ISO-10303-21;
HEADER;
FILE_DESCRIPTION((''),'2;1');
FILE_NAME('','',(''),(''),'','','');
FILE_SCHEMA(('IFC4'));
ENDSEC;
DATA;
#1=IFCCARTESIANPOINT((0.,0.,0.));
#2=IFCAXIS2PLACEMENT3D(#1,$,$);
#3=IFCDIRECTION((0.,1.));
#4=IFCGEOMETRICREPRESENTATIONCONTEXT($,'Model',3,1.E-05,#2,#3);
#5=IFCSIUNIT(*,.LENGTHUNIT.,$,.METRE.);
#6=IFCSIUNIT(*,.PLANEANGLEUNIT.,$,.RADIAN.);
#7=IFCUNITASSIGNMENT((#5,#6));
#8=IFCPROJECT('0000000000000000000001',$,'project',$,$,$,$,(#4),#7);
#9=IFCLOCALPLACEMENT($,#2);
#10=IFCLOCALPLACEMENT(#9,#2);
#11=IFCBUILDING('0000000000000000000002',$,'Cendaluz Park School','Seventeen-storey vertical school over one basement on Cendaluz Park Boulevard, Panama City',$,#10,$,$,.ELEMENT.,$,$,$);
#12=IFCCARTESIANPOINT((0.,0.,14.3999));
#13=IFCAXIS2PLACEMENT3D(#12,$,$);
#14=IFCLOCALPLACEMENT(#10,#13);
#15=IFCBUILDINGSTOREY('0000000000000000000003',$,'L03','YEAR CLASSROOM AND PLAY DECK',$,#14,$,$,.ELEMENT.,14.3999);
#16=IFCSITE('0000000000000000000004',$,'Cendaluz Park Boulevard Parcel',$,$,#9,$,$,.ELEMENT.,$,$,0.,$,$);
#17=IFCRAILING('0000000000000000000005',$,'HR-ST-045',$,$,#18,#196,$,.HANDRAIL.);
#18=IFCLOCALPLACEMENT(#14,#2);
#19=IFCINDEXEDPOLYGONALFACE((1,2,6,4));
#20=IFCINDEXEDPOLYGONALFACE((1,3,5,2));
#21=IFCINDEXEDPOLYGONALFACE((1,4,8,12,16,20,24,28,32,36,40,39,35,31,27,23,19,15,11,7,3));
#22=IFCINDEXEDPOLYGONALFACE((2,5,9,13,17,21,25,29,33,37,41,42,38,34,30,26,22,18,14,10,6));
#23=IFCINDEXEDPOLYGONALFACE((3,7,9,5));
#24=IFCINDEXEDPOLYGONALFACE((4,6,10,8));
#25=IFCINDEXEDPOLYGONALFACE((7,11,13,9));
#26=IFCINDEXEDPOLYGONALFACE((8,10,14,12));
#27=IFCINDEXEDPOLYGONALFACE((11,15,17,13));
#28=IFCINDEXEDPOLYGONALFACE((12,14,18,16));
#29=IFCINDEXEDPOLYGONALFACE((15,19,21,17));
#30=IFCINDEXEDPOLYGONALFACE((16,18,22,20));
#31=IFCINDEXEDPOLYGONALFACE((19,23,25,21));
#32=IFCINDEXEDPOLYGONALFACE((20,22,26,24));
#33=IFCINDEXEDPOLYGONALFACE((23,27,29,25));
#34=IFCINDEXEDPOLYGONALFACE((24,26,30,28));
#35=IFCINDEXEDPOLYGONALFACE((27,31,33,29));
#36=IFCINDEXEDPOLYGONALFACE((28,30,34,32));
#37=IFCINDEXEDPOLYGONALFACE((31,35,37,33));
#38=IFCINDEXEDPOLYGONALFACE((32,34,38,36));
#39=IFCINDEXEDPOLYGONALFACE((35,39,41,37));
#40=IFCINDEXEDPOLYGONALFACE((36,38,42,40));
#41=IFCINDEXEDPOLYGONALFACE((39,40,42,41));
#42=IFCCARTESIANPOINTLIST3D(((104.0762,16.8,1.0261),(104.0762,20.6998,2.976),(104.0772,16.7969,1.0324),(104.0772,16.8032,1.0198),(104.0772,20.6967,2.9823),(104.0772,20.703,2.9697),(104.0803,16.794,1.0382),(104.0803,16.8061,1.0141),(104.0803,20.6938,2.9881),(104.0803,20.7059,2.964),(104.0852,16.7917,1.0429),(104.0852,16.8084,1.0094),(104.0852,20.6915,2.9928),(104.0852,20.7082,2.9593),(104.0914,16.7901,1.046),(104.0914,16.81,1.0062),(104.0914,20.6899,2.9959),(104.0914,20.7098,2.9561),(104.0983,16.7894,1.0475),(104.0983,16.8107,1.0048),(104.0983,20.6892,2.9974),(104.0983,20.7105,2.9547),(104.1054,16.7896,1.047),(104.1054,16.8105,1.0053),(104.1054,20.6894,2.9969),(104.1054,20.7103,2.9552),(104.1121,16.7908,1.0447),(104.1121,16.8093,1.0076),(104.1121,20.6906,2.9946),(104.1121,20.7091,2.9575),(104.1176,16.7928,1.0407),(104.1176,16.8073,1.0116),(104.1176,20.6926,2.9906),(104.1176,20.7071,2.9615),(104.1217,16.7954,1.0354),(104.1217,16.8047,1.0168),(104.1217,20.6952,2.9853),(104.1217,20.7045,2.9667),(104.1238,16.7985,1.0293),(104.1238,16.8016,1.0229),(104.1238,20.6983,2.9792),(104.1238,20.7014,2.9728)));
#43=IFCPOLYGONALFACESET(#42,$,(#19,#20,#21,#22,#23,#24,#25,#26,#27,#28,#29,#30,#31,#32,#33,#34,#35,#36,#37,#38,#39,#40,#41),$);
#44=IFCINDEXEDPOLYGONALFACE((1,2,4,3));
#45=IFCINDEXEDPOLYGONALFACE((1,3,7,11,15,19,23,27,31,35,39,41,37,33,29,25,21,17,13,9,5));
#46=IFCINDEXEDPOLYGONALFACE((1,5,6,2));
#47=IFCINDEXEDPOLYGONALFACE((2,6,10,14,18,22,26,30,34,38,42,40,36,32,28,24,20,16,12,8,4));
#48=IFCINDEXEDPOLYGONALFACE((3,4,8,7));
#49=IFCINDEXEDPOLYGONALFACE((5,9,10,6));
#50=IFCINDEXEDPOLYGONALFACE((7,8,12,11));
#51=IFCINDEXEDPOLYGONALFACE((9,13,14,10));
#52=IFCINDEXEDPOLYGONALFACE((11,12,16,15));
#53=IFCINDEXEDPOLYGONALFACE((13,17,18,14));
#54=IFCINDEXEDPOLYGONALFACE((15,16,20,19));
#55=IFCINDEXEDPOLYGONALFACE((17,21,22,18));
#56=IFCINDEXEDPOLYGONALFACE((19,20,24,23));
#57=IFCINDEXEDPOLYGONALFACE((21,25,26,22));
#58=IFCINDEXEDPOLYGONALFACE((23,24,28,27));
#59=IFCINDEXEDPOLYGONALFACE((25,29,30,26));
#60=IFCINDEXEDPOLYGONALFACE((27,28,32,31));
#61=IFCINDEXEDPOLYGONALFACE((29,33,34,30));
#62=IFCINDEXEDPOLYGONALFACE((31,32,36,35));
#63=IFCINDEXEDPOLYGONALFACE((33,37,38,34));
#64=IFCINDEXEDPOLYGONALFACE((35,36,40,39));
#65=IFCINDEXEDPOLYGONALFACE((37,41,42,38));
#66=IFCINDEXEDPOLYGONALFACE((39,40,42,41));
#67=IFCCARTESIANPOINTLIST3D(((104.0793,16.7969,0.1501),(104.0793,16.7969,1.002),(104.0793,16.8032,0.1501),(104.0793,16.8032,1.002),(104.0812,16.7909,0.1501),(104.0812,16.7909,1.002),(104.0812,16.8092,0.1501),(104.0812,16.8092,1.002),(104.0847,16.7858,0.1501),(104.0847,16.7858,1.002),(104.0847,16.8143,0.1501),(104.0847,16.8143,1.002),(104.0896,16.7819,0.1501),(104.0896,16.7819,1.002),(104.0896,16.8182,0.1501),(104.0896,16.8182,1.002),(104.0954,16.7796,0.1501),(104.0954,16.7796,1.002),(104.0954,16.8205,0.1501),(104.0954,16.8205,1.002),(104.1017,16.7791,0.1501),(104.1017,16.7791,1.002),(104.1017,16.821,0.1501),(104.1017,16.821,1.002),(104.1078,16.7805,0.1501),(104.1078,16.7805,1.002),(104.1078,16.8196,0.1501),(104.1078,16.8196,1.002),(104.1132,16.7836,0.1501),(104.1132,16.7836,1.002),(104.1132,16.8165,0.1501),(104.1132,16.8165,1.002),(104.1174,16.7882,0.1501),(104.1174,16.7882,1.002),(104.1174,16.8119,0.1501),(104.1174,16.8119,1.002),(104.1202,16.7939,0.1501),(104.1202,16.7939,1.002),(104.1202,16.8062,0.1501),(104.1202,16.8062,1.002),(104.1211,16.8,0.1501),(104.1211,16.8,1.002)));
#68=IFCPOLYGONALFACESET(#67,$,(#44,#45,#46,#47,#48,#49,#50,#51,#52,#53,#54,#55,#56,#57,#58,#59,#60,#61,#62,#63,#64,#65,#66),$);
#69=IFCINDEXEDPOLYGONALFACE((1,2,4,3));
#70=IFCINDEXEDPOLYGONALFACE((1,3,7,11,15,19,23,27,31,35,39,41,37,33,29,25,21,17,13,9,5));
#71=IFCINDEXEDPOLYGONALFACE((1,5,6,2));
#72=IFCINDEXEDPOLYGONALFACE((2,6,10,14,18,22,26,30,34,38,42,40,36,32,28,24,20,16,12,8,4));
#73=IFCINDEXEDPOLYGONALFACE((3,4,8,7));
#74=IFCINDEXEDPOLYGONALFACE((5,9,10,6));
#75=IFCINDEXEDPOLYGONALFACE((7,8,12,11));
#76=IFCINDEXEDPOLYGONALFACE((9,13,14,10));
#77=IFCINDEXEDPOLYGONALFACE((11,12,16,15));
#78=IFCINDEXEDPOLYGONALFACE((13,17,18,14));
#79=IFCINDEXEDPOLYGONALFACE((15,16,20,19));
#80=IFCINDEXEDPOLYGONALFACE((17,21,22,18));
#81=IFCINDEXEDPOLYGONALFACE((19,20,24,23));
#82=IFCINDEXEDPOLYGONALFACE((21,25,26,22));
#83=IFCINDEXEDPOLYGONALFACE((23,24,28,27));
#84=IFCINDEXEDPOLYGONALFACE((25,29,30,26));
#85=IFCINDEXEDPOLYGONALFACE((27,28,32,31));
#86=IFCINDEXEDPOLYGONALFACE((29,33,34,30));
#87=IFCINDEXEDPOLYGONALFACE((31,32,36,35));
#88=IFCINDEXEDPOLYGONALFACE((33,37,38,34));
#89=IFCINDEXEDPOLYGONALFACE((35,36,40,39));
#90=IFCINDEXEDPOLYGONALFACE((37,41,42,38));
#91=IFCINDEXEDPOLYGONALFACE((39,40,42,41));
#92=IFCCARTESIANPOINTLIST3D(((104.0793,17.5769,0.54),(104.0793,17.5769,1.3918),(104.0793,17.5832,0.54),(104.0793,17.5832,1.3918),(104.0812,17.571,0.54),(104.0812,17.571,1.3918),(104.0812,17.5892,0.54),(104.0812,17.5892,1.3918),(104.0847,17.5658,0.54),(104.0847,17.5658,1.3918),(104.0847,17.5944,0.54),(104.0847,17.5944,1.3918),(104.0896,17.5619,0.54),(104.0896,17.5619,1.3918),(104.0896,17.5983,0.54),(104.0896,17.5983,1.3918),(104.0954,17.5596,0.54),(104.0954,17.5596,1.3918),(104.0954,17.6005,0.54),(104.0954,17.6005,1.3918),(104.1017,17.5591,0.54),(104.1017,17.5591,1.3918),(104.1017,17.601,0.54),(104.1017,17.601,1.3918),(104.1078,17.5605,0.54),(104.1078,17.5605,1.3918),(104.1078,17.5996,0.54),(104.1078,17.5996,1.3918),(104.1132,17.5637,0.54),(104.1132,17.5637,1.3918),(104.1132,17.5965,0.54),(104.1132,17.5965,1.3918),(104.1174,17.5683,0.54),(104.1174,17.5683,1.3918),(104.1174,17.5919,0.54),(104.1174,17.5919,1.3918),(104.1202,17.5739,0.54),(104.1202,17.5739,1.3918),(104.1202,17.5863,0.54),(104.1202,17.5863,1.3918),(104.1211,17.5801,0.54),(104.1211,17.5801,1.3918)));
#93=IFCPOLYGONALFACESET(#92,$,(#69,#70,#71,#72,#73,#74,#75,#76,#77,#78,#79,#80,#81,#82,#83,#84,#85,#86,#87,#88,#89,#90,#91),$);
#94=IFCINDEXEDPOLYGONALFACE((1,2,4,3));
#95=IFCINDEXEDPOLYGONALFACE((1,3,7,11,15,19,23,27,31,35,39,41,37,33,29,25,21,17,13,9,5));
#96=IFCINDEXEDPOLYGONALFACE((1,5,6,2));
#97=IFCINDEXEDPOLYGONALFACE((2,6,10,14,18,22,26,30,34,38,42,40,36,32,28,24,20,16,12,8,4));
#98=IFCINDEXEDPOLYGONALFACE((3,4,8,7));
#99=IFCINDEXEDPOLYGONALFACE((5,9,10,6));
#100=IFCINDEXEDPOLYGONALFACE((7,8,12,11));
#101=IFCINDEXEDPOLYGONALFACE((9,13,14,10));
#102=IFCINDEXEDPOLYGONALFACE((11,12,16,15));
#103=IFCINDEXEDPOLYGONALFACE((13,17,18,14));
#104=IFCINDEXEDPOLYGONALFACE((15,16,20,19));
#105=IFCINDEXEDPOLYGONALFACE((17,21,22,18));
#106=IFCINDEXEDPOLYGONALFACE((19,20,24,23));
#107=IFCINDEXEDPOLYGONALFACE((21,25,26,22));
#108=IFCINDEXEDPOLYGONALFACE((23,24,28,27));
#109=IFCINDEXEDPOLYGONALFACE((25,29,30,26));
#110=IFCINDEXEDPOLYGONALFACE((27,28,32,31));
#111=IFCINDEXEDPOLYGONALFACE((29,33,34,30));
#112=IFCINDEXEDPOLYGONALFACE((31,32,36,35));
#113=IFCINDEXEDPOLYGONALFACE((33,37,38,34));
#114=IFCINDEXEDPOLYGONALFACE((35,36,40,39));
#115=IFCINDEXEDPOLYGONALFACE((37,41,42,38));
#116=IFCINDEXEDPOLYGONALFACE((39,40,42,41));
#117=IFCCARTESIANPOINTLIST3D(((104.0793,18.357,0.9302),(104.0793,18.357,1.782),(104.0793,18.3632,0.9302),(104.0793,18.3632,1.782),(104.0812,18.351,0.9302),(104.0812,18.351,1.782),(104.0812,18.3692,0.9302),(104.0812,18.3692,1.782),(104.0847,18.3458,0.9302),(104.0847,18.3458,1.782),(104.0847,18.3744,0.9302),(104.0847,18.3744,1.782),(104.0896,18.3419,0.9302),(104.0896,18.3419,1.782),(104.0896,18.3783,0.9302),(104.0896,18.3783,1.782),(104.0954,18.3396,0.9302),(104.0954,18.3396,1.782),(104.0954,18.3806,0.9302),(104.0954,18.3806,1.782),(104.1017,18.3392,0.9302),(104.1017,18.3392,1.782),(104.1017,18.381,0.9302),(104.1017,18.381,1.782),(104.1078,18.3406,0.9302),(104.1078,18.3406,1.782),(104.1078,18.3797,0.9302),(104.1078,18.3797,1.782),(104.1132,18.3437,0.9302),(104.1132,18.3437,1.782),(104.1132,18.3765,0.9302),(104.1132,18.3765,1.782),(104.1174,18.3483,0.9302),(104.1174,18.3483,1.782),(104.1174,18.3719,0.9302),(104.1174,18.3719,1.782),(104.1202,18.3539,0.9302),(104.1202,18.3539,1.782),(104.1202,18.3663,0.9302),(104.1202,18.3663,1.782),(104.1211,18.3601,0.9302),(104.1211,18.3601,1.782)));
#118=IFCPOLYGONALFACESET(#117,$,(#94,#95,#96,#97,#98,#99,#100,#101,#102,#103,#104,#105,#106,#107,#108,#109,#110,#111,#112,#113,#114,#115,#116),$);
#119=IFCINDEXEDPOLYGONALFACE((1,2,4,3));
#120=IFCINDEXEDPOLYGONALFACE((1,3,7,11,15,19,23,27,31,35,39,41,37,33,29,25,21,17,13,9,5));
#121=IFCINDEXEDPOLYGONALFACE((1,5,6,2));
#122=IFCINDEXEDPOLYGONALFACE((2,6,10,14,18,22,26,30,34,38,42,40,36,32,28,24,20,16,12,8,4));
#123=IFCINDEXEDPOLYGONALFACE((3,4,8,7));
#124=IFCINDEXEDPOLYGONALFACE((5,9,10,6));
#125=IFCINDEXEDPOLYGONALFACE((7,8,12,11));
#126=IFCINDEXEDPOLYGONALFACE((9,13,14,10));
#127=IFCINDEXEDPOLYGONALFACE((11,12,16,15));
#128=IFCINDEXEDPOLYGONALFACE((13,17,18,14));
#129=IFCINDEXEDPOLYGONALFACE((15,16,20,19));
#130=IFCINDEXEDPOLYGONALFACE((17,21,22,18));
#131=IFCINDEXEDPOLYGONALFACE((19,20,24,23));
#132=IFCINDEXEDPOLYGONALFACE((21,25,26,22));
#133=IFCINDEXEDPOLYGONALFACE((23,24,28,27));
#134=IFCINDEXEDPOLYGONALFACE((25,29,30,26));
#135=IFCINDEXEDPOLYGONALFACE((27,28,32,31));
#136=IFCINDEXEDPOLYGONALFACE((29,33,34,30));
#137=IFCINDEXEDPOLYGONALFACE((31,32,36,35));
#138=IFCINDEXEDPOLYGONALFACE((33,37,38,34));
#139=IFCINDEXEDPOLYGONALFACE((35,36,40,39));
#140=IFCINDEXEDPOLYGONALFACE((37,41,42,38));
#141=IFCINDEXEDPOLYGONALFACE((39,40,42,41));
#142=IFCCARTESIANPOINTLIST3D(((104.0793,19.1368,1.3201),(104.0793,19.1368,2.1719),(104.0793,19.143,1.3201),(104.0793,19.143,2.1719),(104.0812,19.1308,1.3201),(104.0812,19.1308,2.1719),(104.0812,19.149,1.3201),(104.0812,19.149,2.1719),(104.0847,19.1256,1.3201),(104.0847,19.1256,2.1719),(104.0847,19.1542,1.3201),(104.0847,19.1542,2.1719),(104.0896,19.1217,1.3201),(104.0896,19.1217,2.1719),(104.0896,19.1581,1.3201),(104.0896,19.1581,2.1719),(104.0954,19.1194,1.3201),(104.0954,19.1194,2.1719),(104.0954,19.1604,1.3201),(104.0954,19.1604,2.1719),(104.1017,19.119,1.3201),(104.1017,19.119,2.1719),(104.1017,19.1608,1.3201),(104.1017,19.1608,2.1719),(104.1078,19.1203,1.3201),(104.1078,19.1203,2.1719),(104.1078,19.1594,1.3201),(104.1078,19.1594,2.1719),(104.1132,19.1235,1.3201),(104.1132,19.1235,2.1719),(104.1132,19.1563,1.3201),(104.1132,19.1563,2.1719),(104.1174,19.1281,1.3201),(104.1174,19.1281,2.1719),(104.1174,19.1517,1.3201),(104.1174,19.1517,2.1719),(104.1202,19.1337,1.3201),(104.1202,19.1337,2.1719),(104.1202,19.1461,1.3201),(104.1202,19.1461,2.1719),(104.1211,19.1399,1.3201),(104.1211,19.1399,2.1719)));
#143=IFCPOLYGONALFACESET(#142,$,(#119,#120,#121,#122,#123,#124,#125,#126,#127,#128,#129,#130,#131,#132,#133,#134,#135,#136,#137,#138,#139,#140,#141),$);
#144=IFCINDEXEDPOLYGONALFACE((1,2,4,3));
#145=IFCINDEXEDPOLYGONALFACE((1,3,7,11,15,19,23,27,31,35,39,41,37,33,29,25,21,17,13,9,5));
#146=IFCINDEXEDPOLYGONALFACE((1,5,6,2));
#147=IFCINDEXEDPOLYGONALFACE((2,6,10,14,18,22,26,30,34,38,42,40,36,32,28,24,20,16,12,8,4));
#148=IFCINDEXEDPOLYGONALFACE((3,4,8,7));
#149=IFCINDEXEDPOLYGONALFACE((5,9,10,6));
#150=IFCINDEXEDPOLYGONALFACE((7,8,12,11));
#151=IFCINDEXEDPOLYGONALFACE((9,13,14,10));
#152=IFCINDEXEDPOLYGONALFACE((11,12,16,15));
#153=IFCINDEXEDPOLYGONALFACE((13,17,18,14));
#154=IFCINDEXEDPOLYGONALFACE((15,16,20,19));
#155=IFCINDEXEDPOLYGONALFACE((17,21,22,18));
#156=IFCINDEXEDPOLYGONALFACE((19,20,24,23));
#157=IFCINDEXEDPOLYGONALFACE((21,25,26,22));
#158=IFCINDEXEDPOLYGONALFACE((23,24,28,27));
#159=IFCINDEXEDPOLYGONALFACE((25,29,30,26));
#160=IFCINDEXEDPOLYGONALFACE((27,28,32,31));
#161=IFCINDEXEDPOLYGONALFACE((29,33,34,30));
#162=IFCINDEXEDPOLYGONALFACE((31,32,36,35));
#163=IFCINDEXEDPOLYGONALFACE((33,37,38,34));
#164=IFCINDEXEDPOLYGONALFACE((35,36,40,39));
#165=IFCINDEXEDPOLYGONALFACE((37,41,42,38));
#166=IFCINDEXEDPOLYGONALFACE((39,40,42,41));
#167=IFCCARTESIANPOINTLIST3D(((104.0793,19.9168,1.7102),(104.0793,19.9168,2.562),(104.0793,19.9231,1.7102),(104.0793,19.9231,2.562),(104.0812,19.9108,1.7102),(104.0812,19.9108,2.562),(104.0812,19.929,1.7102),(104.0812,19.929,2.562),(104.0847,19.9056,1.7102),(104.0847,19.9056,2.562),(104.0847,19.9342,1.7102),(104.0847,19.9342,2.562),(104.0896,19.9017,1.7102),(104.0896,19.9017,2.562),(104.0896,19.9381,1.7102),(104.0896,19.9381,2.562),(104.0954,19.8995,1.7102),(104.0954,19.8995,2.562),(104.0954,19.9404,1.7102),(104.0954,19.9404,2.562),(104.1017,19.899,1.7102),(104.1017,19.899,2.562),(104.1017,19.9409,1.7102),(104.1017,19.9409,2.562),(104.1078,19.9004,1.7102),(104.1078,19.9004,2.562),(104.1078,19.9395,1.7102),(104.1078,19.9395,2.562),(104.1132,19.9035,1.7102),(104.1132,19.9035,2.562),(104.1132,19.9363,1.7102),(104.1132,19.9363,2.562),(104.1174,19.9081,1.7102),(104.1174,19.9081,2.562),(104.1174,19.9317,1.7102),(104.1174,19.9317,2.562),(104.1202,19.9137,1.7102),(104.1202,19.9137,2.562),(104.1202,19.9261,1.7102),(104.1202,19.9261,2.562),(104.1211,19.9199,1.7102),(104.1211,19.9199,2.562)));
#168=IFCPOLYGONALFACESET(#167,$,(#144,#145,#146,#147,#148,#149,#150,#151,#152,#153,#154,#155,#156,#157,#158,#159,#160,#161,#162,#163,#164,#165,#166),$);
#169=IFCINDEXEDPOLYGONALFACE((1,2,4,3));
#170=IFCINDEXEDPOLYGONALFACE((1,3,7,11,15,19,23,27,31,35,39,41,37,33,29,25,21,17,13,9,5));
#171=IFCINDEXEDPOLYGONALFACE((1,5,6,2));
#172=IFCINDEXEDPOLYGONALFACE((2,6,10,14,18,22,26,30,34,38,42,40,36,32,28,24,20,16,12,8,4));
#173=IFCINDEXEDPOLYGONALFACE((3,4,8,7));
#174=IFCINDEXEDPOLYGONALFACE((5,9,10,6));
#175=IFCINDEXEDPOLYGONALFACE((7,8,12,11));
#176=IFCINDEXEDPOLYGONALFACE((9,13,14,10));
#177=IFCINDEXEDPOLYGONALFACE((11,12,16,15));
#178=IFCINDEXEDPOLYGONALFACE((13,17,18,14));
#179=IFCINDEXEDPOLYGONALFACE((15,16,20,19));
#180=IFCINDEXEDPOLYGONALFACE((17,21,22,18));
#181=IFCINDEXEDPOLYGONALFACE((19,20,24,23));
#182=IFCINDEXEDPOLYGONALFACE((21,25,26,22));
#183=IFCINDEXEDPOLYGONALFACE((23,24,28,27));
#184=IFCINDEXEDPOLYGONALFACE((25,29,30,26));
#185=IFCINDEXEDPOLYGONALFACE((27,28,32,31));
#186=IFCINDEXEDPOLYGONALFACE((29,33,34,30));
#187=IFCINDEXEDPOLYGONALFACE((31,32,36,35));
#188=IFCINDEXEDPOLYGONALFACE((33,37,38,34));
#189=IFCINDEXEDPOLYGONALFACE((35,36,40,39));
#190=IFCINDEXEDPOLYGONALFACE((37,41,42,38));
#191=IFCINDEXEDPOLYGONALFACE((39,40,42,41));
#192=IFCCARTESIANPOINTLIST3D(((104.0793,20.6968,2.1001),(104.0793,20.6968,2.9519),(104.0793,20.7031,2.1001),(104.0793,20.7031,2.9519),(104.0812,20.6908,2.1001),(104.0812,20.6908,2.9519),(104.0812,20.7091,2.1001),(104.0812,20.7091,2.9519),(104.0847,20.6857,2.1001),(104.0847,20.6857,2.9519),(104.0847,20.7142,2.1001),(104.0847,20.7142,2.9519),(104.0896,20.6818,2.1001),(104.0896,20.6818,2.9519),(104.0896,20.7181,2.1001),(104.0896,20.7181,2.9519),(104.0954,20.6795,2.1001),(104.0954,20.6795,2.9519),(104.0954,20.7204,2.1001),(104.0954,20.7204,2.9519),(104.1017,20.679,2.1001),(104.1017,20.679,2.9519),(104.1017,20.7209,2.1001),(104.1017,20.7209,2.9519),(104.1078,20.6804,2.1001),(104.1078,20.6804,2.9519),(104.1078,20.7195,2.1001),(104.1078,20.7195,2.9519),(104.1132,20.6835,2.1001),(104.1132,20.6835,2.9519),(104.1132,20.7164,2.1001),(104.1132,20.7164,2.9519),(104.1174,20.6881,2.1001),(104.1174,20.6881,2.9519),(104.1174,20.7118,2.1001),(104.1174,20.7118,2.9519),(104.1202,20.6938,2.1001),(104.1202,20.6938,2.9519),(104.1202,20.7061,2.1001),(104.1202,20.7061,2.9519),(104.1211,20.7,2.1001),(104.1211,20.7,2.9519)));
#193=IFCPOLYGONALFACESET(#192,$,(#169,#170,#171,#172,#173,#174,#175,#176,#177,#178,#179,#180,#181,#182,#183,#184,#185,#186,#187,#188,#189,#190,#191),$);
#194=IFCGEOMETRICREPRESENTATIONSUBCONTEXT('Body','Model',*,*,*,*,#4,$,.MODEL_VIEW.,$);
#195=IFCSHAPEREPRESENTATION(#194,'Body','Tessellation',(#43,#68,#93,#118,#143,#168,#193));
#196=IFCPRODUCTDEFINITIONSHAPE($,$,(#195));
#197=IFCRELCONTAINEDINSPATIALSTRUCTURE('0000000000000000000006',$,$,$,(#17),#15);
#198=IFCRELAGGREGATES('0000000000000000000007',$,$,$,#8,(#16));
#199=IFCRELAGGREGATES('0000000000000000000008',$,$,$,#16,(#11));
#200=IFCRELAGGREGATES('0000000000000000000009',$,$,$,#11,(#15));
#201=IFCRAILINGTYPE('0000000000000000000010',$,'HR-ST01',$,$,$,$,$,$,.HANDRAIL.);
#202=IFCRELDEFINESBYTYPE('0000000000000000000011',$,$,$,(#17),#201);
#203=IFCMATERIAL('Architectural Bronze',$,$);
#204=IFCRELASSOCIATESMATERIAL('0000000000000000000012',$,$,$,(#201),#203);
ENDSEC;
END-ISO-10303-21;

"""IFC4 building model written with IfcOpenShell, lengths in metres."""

from ifc_helpers import new_model, si_unit, direction, frame, origin, origin_2d, place, context, subcontext, project, spatial, circle, extrude, material, type_object, element, save


model = new_model("IFC4")

# Units and contexts
model_context = context("Model", 3, precision=1e-05, world=origin(), true_north=direction((0.0, 1.0)))
body_context = subcontext(model_context, "Body", "Model", "MODEL_VIEW")
ifc_project = project(units=[si_unit("LENGTHUNIT", "METRE"), si_unit("PLANEANGLEUNIT", "RADIAN")], contexts=[model_context])

# Site, building, storey
site_placement = place(None, origin())
site = spatial("IfcSite", under=ifc_project, at=site_placement, Name="Cendaluz Park Boulevard Parcel", CompositionType="ELEMENT", RefElevation=0.0)
building_placement = place(site_placement, origin())
building = spatial("IfcBuilding", under=site, at=building_placement, Name="Cendaluz Park School", Description="Seventeen-storey vertical school over one basement on Cendaluz Park Boulevard, Panama City", CompositionType="ELEMENT")
storey_placement = place(building_placement, frame((0.0, 0.0, 14.3999)))
storey = spatial("IfcBuildingStorey", under=building, at=storey_placement, Name="L03", Description="YEAR CLASSROOM AND PLAY DECK", CompositionType="ELEMENT", Elevation=14.3999)

# Railing
ifc_material_1 = material(Name="Architectural Bronze")
railing_type_1 = type_object("IfcRailingType", Name="HR-ST01", PredefinedType="HANDRAIL", material=ifc_material_1)
railing_1_placement = place(storey_placement, frame((104.1001, 16.8, 0.1501)))
element("IfcRailing", 1, at=railing_1_placement, inside=storey, type_object=railing_type_1, Name="HR-ST-045", PredefinedType="HANDRAIL", context=body_context, shape_type="SweptSolid", body=[
    extrude(circle(Radius=0.0239, at=origin_2d()), frame((0.0, 0.0, 0.876), z_axis=(0.0, 0.894427, 0.447214), x_axis=(-1.0, 0.0, 0.0)), (0.0, 0.0, 1.0), 4.3601),
    extrude(circle(Radius=0.021, at=origin_2d()), origin(), (0.0, 0.0, 1.0), 0.8518),
    extrude(circle(Radius=0.021, at=origin_2d()), frame((0.0, 0.78, 0.3899)), (0.0, 0.0, 1.0), 0.8518),
    extrude(circle(Radius=0.021, at=origin_2d()), frame((0.0, 1.5601, 0.78)), (0.0, 0.0, 1.0), 0.8518),
    extrude(circle(Radius=0.021, at=origin_2d()), frame((0.0, 2.3398, 1.1699)), (0.0, 0.0, 1.0), 0.8518),
    extrude(circle(Radius=0.021, at=origin_2d()), frame((0.0, 3.1199, 1.5601)), (0.0, 0.0, 1.0), 0.8518),
    extrude(circle(Radius=0.021, at=origin_2d()), frame((0.0, 3.8999, 1.95)), (0.0, 0.0, 1.0), 0.8518),
])

save(model, "model.ifc")
